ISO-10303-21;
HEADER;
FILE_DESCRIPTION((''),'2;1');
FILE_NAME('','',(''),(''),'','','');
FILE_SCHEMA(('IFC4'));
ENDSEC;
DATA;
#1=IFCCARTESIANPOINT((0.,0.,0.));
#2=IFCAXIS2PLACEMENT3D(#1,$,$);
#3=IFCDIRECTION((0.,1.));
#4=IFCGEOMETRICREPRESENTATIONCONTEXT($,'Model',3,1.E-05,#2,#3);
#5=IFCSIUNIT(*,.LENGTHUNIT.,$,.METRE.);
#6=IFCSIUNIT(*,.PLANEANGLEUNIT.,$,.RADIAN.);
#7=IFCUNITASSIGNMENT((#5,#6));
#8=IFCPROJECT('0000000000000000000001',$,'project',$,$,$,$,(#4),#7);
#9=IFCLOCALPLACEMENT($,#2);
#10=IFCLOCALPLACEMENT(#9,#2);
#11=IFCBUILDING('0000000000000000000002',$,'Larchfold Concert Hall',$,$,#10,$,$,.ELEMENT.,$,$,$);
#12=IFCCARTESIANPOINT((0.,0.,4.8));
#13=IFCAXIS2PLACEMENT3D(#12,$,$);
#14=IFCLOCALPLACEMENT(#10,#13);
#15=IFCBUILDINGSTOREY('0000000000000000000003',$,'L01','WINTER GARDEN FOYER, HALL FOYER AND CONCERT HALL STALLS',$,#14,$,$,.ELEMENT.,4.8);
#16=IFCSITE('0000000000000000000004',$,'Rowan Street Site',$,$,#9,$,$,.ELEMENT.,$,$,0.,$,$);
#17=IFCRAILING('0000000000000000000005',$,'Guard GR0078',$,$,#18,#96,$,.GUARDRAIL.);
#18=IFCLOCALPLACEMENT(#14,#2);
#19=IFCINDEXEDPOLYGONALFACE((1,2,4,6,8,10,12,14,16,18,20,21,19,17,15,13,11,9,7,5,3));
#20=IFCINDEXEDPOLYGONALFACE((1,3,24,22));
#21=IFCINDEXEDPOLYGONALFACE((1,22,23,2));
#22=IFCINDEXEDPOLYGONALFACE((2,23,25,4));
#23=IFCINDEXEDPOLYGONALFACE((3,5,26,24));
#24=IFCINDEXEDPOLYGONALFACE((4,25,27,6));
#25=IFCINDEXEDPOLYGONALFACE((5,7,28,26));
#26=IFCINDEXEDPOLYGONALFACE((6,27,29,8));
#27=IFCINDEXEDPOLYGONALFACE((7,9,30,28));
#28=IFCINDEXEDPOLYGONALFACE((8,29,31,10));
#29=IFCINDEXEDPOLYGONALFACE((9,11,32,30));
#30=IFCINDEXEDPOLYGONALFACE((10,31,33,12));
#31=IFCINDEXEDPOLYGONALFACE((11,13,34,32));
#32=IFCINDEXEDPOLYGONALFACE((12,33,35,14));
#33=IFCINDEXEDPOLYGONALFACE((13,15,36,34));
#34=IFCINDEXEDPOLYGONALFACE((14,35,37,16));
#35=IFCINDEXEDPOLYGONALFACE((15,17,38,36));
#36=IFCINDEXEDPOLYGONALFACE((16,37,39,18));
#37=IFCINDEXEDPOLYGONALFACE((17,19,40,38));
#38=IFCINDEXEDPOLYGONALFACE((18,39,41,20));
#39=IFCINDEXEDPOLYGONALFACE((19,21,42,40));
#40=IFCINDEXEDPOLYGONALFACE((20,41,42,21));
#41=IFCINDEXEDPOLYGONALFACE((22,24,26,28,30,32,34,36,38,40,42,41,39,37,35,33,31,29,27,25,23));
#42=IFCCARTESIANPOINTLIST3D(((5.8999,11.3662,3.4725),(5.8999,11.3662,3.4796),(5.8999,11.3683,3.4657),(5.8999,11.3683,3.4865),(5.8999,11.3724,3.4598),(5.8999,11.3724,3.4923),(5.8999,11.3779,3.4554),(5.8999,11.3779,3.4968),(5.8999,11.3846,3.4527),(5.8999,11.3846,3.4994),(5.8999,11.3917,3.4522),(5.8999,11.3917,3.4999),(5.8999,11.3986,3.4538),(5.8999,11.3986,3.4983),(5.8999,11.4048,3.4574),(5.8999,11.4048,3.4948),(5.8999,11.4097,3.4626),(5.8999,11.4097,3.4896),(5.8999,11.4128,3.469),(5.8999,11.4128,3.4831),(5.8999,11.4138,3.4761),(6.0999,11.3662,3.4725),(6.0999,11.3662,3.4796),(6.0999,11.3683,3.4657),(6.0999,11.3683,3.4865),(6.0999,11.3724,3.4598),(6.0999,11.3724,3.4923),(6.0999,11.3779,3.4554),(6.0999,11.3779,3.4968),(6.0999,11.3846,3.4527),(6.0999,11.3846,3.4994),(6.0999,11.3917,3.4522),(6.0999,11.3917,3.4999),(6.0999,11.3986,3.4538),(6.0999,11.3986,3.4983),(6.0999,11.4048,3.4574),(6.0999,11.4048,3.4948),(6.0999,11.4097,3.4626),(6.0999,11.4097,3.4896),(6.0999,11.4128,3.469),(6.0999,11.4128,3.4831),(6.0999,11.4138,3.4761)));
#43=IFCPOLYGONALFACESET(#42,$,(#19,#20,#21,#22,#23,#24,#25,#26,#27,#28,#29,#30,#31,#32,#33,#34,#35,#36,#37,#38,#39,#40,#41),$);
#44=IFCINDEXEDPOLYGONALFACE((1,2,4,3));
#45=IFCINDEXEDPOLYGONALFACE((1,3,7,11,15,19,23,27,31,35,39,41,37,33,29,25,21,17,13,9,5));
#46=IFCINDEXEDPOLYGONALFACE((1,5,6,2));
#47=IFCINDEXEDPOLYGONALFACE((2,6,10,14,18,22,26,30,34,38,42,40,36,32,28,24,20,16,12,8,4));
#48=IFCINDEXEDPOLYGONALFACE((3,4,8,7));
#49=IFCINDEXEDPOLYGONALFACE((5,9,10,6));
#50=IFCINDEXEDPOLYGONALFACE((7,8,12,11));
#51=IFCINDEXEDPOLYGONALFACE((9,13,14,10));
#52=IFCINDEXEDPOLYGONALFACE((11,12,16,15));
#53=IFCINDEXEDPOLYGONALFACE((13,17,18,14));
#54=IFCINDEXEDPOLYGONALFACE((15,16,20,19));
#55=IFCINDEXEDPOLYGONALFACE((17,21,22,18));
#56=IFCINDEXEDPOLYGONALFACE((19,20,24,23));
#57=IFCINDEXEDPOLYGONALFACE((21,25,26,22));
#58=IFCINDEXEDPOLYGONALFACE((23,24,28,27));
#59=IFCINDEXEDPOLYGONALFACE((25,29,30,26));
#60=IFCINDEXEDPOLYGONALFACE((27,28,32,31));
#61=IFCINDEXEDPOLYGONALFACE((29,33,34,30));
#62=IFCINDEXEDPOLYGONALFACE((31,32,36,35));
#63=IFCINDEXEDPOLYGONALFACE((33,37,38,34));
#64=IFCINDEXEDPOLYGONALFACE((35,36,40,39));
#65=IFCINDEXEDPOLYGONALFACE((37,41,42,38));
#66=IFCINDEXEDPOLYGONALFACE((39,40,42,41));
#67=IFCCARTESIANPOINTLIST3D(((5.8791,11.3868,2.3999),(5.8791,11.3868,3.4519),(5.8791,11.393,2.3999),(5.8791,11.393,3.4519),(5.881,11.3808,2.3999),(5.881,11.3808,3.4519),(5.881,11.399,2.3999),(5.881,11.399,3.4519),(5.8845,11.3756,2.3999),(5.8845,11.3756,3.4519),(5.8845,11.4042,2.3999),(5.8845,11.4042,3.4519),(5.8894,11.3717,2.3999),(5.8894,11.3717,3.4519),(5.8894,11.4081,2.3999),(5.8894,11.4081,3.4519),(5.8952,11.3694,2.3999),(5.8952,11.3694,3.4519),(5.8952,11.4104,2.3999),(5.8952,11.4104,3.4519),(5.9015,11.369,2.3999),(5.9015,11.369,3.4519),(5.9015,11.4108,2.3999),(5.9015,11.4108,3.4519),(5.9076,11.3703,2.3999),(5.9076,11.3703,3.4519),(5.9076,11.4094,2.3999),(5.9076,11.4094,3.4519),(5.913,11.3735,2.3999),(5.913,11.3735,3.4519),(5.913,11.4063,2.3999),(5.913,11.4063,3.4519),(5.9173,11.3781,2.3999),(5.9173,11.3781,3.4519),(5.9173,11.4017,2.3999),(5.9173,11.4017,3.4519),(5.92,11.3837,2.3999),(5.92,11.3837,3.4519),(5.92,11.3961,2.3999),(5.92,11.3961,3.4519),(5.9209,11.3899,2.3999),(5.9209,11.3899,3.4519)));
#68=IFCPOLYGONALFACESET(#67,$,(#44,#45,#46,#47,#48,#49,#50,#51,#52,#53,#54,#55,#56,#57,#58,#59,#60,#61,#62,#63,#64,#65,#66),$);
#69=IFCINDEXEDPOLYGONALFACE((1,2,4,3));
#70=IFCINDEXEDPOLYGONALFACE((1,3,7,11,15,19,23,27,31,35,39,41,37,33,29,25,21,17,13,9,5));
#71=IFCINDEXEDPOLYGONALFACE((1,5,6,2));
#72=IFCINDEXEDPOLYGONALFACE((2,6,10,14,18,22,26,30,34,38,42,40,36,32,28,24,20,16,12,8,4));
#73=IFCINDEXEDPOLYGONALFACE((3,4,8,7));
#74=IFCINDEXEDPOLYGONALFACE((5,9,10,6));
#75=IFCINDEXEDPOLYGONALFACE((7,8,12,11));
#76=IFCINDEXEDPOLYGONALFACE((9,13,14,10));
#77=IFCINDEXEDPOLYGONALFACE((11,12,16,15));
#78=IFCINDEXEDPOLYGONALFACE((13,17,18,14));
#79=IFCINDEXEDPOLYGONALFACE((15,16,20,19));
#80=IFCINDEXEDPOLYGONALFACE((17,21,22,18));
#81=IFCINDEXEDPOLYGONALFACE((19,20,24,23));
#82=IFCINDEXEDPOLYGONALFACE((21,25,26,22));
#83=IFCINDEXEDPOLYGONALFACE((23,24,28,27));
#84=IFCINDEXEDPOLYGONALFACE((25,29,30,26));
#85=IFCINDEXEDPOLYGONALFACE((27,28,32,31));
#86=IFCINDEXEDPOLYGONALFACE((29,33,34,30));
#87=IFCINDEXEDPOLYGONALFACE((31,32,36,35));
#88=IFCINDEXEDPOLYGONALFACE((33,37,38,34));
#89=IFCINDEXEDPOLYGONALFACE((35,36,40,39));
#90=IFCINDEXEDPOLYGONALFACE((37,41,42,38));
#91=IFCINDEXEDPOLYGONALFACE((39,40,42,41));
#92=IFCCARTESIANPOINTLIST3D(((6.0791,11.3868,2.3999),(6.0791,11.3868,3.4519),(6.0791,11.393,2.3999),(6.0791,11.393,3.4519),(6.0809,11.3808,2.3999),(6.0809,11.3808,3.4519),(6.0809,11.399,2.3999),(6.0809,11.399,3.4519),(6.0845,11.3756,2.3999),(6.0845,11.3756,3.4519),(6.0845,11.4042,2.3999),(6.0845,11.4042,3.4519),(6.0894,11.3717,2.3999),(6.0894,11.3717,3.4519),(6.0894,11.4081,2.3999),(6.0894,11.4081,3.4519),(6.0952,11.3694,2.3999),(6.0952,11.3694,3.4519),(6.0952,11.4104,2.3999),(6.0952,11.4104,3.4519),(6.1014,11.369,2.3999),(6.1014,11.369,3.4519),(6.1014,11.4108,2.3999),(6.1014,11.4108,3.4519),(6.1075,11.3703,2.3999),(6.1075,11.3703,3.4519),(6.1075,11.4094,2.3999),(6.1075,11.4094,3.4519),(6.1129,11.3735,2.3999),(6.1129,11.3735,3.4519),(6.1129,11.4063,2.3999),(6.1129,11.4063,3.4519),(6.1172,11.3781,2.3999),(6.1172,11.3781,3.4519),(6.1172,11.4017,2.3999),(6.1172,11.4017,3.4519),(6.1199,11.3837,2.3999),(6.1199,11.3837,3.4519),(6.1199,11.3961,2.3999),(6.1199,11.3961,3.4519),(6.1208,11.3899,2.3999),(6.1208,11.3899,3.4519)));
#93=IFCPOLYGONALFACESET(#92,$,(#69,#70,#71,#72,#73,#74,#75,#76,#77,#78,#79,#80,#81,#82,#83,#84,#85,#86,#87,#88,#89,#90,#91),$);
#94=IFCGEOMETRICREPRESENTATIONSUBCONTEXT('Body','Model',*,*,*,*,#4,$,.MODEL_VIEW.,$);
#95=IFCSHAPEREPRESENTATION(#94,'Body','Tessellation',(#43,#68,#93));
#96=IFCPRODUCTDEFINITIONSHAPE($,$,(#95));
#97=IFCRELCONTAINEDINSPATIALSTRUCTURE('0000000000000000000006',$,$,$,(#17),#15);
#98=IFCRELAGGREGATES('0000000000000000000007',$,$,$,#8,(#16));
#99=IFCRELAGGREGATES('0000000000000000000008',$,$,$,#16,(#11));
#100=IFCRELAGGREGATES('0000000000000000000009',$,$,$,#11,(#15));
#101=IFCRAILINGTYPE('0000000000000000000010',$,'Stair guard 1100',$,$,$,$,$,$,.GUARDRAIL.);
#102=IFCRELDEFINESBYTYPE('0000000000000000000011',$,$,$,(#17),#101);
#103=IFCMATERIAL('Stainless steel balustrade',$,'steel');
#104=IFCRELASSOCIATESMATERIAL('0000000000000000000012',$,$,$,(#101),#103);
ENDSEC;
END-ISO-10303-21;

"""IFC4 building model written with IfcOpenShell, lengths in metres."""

from ifc_helpers import new_model, si_unit, direction, frame, origin, origin_2d, place, context, subcontext, project, spatial, circle, extrude, material, type_object, element, save


model = new_model("IFC4")

# Units and contexts
model_context = context("Model", 3, precision=1e-05, world=origin(), true_north=direction((0.0, 1.0)))
body_context = subcontext(model_context, "Body", "Model", "MODEL_VIEW")
ifc_project = project(units=[si_unit("LENGTHUNIT", "METRE"), si_unit("PLANEANGLEUNIT", "RADIAN")], contexts=[model_context])

# Site, building, storey
site_placement = place(None, origin())
site = spatial("IfcSite", under=ifc_project, at=site_placement, Name="Rowan Street Site", CompositionType="ELEMENT", RefElevation=0.0)
building_placement = place(site_placement, origin())
building = spatial("IfcBuilding", under=site, at=building_placement, Name="Larchfold Concert Hall", CompositionType="ELEMENT")
storey_placement = place(building_placement, frame((0.0, 0.0, 4.8)))
storey = spatial("IfcBuildingStorey", under=building, at=storey_placement, Name="L01", Description="WINTER GARDEN FOYER, HALL FOYER AND CONCERT HALL STALLS", CompositionType="ELEMENT", Elevation=4.8)

# Railing
ifc_material_1 = material(Name="Stainless steel balustrade", Category="steel")
railing_type = type_object("IfcRailingType", Name="Stair guard 1100", PredefinedType="GUARDRAIL", material=ifc_material_1)
railing_placement = place(storey_placement, frame((5.8999, 11.3899, 2.3999)))
element("IfcRailing", 1, at=railing_placement, inside=storey, type_object=railing_type, Name="Guard GR0078", PredefinedType="GUARDRAIL", context=body_context, shape_type="SweptSolid", body=[
    extrude(circle(Radius=0.0239, at=origin_2d()), frame((0.0, 0.0, 1.0762), z_axis=(1.0, 0.0, 0.0), x_axis=(0.0, 1.0, 0.0)), (0.0, 0.0, 1.0), 0.2),
    extrude(circle(Radius=0.021, at=origin_2d()), origin(), (0.0, 0.0, 1.0), 1.052),
    extrude(circle(Radius=0.021, at=origin_2d()), frame((0.2, 0.0, 0.0)), (0.0, 0.0, 1.0), 1.052),
])

save(model, "model.ifc")
